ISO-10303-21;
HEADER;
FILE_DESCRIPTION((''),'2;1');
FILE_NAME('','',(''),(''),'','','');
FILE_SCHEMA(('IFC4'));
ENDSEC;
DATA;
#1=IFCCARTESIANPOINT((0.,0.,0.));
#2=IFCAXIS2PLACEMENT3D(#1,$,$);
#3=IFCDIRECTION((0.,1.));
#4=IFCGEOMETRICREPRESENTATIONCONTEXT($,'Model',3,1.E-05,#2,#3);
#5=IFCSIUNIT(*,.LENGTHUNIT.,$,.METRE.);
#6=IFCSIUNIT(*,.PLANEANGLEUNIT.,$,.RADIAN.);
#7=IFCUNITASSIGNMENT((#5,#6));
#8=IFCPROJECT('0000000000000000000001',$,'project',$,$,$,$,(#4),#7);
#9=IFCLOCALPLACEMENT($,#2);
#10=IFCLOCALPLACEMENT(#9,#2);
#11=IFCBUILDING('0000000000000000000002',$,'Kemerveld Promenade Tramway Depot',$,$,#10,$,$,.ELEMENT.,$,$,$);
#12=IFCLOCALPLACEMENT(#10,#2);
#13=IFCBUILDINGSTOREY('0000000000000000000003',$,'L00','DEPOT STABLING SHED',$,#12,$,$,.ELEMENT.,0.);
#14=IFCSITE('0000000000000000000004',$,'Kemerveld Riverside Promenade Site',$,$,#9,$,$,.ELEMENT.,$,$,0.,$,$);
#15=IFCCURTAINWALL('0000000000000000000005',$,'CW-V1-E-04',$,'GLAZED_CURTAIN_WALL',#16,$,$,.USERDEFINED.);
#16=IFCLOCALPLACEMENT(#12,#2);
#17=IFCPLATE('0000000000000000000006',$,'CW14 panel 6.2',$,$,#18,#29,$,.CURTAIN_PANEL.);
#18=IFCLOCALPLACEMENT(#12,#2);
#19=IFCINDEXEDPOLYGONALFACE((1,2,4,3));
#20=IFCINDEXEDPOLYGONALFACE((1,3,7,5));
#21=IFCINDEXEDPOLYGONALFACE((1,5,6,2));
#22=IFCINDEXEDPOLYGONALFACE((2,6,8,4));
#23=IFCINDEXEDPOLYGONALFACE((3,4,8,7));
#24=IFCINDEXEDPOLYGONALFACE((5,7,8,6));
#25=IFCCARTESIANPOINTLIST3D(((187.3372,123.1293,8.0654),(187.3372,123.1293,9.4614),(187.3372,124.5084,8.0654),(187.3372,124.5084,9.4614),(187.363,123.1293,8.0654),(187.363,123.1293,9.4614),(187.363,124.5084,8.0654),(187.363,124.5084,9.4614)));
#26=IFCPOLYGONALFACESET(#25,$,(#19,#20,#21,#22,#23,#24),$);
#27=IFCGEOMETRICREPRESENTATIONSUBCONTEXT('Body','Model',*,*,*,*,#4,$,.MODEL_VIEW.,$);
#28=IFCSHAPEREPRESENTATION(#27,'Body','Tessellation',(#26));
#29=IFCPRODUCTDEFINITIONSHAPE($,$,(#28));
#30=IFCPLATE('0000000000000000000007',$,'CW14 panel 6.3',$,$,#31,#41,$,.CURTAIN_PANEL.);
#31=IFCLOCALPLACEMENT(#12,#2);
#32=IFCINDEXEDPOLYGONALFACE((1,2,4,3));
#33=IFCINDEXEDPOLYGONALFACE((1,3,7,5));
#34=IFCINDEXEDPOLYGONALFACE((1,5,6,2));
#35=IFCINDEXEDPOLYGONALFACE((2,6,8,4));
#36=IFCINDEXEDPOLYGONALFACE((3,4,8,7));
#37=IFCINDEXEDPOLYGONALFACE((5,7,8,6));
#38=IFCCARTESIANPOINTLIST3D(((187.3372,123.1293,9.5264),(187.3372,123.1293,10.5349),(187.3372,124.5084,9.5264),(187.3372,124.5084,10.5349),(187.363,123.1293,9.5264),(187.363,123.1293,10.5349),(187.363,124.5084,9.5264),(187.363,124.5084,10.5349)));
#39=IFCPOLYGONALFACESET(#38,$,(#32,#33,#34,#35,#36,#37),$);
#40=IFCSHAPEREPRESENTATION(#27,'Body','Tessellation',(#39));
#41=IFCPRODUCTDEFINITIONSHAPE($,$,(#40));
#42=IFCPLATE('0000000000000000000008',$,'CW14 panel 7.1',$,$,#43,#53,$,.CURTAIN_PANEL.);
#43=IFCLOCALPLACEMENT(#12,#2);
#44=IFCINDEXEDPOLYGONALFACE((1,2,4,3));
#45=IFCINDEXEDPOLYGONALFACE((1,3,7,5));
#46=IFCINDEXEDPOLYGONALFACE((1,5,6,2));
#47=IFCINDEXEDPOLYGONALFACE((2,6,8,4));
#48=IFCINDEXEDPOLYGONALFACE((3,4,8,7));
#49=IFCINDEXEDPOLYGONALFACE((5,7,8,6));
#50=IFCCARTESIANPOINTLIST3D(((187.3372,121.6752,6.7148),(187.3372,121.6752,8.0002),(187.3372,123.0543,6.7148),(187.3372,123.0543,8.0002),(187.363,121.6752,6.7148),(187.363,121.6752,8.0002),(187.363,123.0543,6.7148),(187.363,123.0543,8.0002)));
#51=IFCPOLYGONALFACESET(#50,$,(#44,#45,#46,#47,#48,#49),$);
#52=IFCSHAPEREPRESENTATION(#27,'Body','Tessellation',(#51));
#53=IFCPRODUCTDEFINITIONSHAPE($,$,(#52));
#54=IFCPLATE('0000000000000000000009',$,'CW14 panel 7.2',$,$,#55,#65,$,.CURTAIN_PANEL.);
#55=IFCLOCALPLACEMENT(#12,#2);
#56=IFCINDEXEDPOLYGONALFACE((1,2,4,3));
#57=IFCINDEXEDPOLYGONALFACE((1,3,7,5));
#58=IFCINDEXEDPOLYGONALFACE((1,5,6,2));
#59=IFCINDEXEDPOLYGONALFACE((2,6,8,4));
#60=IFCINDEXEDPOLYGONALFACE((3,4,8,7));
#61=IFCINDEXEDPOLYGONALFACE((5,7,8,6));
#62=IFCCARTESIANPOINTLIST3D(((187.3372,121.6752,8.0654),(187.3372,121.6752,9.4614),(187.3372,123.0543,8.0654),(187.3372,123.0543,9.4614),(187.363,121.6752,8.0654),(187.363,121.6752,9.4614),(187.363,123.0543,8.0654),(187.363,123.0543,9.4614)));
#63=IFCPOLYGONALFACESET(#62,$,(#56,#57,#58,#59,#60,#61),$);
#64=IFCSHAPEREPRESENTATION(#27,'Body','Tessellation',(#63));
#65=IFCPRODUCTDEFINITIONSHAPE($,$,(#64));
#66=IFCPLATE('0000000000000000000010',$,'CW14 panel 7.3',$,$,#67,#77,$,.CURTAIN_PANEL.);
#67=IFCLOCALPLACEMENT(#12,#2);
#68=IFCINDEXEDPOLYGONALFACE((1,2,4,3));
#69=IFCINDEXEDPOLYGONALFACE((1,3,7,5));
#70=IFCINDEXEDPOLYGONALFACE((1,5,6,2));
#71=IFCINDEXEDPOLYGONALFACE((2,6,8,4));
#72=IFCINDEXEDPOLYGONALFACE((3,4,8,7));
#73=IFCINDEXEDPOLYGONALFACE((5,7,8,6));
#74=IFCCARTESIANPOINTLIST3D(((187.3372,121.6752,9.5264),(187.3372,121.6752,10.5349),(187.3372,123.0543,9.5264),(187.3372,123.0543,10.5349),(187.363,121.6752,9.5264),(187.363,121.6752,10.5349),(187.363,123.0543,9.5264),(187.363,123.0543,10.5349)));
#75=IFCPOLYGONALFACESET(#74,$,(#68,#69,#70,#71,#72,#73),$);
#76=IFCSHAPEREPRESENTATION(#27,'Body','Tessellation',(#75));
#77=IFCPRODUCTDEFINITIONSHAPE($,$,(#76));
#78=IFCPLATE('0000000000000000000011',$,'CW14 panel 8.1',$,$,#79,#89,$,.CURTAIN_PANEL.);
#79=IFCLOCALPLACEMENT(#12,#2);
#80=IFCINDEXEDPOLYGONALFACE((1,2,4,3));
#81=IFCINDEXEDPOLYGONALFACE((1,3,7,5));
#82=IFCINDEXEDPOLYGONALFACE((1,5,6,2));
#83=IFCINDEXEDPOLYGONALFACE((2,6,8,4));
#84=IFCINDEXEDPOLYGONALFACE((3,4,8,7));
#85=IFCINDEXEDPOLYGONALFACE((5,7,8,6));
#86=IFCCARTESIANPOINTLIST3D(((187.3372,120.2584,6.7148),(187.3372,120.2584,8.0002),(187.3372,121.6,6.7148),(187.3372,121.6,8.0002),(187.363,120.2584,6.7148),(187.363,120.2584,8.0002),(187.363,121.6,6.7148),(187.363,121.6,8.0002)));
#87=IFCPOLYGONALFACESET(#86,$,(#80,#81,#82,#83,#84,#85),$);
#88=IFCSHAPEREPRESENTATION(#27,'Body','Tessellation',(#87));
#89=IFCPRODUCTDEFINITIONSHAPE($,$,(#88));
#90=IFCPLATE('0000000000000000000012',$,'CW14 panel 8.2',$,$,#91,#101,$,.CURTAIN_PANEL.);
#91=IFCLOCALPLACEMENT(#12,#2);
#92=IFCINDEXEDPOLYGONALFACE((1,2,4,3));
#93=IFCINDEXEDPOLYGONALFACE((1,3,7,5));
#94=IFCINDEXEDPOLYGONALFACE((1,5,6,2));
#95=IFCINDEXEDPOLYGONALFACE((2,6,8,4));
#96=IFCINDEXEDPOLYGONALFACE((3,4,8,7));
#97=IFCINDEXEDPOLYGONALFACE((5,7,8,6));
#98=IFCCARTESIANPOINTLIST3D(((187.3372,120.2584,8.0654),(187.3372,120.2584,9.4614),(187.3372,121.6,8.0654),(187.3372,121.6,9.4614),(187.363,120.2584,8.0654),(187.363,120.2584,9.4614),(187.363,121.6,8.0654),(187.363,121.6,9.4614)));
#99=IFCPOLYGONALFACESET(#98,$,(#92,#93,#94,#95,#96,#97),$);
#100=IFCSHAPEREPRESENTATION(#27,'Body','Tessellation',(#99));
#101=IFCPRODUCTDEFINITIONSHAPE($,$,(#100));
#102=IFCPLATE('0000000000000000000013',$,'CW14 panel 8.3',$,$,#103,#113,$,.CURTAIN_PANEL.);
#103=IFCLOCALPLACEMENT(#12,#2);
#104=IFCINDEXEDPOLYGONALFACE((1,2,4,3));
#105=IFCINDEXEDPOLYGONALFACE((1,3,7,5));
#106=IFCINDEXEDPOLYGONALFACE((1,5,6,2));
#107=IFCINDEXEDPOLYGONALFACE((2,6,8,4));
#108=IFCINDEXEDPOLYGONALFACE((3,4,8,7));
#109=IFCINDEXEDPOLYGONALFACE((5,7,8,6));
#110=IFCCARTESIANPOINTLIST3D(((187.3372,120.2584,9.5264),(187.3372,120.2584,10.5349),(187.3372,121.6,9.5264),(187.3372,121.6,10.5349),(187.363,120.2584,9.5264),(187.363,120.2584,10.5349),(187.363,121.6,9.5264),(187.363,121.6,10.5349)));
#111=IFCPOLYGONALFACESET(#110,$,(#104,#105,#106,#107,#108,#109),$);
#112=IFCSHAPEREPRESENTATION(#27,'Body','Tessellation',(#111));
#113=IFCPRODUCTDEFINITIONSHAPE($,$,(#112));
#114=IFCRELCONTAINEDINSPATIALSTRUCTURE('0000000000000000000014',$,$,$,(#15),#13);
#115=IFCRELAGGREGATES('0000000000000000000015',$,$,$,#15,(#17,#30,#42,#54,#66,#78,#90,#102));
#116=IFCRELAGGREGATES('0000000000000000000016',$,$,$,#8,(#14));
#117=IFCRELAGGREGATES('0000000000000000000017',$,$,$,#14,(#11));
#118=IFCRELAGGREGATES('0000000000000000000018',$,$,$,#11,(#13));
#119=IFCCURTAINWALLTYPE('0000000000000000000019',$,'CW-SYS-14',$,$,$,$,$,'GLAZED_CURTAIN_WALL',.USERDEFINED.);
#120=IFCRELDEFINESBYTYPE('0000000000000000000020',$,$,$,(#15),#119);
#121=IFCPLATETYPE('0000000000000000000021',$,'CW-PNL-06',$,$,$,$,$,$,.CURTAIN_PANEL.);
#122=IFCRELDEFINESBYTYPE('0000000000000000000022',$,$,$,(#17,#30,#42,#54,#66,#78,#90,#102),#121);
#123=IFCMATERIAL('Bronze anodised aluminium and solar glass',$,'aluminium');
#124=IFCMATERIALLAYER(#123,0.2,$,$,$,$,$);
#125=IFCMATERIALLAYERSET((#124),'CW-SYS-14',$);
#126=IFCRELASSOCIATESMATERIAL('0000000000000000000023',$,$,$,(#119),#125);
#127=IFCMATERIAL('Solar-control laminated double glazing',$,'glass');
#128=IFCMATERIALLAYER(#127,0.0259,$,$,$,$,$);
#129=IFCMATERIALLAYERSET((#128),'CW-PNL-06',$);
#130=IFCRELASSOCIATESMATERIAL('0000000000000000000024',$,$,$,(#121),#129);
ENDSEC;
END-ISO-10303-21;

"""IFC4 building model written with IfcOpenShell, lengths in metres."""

from ifc_helpers import new_model, si_unit, direction, frame, origin, origin_2d, place, context, subcontext, project, spatial, rectangle, extrude, material, layer, layer_set, type_object, element, aggregate, save


model = new_model("IFC4")

# Units and contexts
model_context = context("Model", 3, precision=1e-05, world=origin(), true_north=direction((0.0, 1.0)))
body_context = subcontext(model_context, "Body", "Model", "MODEL_VIEW")
ifc_project = project(units=[si_unit("LENGTHUNIT", "METRE"), si_unit("PLANEANGLEUNIT", "RADIAN")], contexts=[model_context])

# Site, building, storey
site_placement = place(None, origin())
site = spatial("IfcSite", under=ifc_project, at=site_placement, Name="Kemerveld Riverside Promenade Site", CompositionType="ELEMENT", RefElevation=0.0)
building_placement = place(site_placement, origin())
building = spatial("IfcBuilding", under=site, at=building_placement, Name="Kemerveld Promenade Tramway Depot", CompositionType="ELEMENT")
storey_placement = place(building_placement, origin())
storey = spatial("IfcBuildingStorey", under=building, at=storey_placement, Name="L00", Description="DEPOT STABLING SHED", CompositionType="ELEMENT", Elevation=0.0)

# Shared definitions
ifc_material_1 = material(Name="Bronze anodised aluminium and solar glass", Category="aluminium")

# Curtain wall
ifc_layer_1 = layer(ifc_material_1, 0.2)
ifc_layer_set_1 = layer_set([ifc_layer_1], Name="CW-SYS-14")
curtain_wall_type_1 = type_object("IfcCurtainWallType", Name="CW-SYS-14", ElementType="GLAZED_CURTAIN_WALL", PredefinedType="USERDEFINED", material=ifc_layer_set_1)
curtain_wall_1_placement = place(storey_placement, origin())
curtain_wall_1 = element("IfcCurtainWall", 1, at=curtain_wall_1_placement, inside=storey, type_object=curtain_wall_type_1, Name="CW-V1-E-04", ObjectType="GLAZED_CURTAIN_WALL", PredefinedType="USERDEFINED")

# Plates
ifc_material_2 = material(Name="Solar-control laminated double glazing", Category="glass")
ifc_layer_2 = layer(ifc_material_2, 0.0259)
ifc_layer_set_2 = layer_set([ifc_layer_2], Name="CW-PNL-06")
plate_type = type_object("IfcPlateType", Name="CW-PNL-06", PredefinedType="CURTAIN_PANEL", material=ifc_layer_set_2)
plate_1_placement = place(storey_placement, frame((187.3501, 123.8188, 8.0654), z_axis=(0.0, 0.0, 1.0), x_axis=(0.0, -1.0, 0.0)))
plate_1 = element("IfcPlate", 2, at=plate_1_placement, type_object=plate_type, Name="CW14 panel 6.2", PredefinedType="CURTAIN_PANEL", context=body_context, shape_type="SweptSolid", body=[
    extrude(rectangle(XDim=1.3792, YDim=0.0259, at=origin_2d()), origin(), (0.0, 0.0, 1.0), 1.396),
])
plate_2_placement = place(storey_placement, frame((187.3501, 123.8188, 9.5264), z_axis=(0.0, 0.0, 1.0), x_axis=(0.0, -1.0, 0.0)))
plate_2 = element("IfcPlate", 3, at=plate_2_placement, type_object=plate_type, Name="CW14 panel 6.3", PredefinedType="CURTAIN_PANEL", context=body_context, shape_type="SweptSolid", body=[
    extrude(rectangle(XDim=1.3792, YDim=0.0259, at=origin_2d()), origin(), (0.0, 0.0, 1.0), 1.0085),
])
plate_3_placement = place(storey_placement, frame((187.3501, 122.3647, 6.7148), z_axis=(0.0, 0.0, 1.0), x_axis=(0.0, -1.0, 0.0)))
plate_3 = element("IfcPlate", 4, at=plate_3_placement, type_object=plate_type, Name="CW14 panel 7.1", PredefinedType="CURTAIN_PANEL", context=body_context, shape_type="SweptSolid", body=[
    extrude(rectangle(XDim=1.3792, YDim=0.0259, at=origin_2d()), origin(), (0.0, 0.0, 1.0), 1.2854),
])
plate_4_placement = place(storey_placement, frame((187.3501, 122.3647, 8.0654), z_axis=(0.0, 0.0, 1.0), x_axis=(0.0, -1.0, 0.0)))
plate_4 = element("IfcPlate", 5, at=plate_4_placement, type_object=plate_type, Name="CW14 panel 7.2", PredefinedType="CURTAIN_PANEL", context=body_context, shape_type="SweptSolid", body=[
    extrude(rectangle(XDim=1.3792, YDim=0.0259, at=origin_2d()), origin(), (0.0, 0.0, 1.0), 1.396),
])
plate_5_placement = place(storey_placement, frame((187.3501, 122.3647, 9.5264), z_axis=(0.0, 0.0, 1.0), x_axis=(0.0, -1.0, 0.0)))
plate_5 = element("IfcPlate", 6, at=plate_5_placement, type_object=plate_type, Name="CW14 panel 7.3", PredefinedType="CURTAIN_PANEL", context=body_context, shape_type="SweptSolid", body=[
    extrude(rectangle(XDim=1.3792, YDim=0.0259, at=origin_2d()), origin(), (0.0, 0.0, 1.0), 1.0085),
])
plate_6_placement = place(storey_placement, frame((187.3501, 120.9292, 6.7148), z_axis=(0.0, 0.0, 1.0), x_axis=(0.0, -1.0, 0.0)))
plate_6 = element("IfcPlate", 7, at=plate_6_placement, type_object=plate_type, Name="CW14 panel 8.1", PredefinedType="CURTAIN_PANEL", context=body_context, shape_type="SweptSolid", body=[
    extrude(rectangle(XDim=1.3416, YDim=0.0259, at=origin_2d()), origin(), (0.0, 0.0, 1.0), 1.2854),
])
plate_7_placement = place(storey_placement, frame((187.3501, 120.9292, 8.0654), z_axis=(0.0, 0.0, 1.0), x_axis=(0.0, -1.0, 0.0)))
plate_7 = element("IfcPlate", 8, at=plate_7_placement, type_object=plate_type, Name="CW14 panel 8.2", PredefinedType="CURTAIN_PANEL", context=body_context, shape_type="SweptSolid", body=[
    extrude(rectangle(XDim=1.3416, YDim=0.0259, at=origin_2d()), origin(), (0.0, 0.0, 1.0), 1.396),
])
plate_8_placement = place(storey_placement, frame((187.3501, 120.9292, 9.5264), z_axis=(0.0, 0.0, 1.0), x_axis=(0.0, -1.0, 0.0)))
plate_8 = element("IfcPlate", 9, at=plate_8_placement, type_object=plate_type, Name="CW14 panel 8.3", PredefinedType="CURTAIN_PANEL", context=body_context, shape_type="SweptSolid", body=[
    extrude(rectangle(XDim=1.3416, YDim=0.0259, at=origin_2d()), origin(), (0.0, 0.0, 1.0), 1.0085),
])
aggregate(curtain_wall_1, [plate_1, plate_2, plate_3, plate_4, plate_5, plate_6, plate_7, plate_8])

save(model, "model.ifc")
